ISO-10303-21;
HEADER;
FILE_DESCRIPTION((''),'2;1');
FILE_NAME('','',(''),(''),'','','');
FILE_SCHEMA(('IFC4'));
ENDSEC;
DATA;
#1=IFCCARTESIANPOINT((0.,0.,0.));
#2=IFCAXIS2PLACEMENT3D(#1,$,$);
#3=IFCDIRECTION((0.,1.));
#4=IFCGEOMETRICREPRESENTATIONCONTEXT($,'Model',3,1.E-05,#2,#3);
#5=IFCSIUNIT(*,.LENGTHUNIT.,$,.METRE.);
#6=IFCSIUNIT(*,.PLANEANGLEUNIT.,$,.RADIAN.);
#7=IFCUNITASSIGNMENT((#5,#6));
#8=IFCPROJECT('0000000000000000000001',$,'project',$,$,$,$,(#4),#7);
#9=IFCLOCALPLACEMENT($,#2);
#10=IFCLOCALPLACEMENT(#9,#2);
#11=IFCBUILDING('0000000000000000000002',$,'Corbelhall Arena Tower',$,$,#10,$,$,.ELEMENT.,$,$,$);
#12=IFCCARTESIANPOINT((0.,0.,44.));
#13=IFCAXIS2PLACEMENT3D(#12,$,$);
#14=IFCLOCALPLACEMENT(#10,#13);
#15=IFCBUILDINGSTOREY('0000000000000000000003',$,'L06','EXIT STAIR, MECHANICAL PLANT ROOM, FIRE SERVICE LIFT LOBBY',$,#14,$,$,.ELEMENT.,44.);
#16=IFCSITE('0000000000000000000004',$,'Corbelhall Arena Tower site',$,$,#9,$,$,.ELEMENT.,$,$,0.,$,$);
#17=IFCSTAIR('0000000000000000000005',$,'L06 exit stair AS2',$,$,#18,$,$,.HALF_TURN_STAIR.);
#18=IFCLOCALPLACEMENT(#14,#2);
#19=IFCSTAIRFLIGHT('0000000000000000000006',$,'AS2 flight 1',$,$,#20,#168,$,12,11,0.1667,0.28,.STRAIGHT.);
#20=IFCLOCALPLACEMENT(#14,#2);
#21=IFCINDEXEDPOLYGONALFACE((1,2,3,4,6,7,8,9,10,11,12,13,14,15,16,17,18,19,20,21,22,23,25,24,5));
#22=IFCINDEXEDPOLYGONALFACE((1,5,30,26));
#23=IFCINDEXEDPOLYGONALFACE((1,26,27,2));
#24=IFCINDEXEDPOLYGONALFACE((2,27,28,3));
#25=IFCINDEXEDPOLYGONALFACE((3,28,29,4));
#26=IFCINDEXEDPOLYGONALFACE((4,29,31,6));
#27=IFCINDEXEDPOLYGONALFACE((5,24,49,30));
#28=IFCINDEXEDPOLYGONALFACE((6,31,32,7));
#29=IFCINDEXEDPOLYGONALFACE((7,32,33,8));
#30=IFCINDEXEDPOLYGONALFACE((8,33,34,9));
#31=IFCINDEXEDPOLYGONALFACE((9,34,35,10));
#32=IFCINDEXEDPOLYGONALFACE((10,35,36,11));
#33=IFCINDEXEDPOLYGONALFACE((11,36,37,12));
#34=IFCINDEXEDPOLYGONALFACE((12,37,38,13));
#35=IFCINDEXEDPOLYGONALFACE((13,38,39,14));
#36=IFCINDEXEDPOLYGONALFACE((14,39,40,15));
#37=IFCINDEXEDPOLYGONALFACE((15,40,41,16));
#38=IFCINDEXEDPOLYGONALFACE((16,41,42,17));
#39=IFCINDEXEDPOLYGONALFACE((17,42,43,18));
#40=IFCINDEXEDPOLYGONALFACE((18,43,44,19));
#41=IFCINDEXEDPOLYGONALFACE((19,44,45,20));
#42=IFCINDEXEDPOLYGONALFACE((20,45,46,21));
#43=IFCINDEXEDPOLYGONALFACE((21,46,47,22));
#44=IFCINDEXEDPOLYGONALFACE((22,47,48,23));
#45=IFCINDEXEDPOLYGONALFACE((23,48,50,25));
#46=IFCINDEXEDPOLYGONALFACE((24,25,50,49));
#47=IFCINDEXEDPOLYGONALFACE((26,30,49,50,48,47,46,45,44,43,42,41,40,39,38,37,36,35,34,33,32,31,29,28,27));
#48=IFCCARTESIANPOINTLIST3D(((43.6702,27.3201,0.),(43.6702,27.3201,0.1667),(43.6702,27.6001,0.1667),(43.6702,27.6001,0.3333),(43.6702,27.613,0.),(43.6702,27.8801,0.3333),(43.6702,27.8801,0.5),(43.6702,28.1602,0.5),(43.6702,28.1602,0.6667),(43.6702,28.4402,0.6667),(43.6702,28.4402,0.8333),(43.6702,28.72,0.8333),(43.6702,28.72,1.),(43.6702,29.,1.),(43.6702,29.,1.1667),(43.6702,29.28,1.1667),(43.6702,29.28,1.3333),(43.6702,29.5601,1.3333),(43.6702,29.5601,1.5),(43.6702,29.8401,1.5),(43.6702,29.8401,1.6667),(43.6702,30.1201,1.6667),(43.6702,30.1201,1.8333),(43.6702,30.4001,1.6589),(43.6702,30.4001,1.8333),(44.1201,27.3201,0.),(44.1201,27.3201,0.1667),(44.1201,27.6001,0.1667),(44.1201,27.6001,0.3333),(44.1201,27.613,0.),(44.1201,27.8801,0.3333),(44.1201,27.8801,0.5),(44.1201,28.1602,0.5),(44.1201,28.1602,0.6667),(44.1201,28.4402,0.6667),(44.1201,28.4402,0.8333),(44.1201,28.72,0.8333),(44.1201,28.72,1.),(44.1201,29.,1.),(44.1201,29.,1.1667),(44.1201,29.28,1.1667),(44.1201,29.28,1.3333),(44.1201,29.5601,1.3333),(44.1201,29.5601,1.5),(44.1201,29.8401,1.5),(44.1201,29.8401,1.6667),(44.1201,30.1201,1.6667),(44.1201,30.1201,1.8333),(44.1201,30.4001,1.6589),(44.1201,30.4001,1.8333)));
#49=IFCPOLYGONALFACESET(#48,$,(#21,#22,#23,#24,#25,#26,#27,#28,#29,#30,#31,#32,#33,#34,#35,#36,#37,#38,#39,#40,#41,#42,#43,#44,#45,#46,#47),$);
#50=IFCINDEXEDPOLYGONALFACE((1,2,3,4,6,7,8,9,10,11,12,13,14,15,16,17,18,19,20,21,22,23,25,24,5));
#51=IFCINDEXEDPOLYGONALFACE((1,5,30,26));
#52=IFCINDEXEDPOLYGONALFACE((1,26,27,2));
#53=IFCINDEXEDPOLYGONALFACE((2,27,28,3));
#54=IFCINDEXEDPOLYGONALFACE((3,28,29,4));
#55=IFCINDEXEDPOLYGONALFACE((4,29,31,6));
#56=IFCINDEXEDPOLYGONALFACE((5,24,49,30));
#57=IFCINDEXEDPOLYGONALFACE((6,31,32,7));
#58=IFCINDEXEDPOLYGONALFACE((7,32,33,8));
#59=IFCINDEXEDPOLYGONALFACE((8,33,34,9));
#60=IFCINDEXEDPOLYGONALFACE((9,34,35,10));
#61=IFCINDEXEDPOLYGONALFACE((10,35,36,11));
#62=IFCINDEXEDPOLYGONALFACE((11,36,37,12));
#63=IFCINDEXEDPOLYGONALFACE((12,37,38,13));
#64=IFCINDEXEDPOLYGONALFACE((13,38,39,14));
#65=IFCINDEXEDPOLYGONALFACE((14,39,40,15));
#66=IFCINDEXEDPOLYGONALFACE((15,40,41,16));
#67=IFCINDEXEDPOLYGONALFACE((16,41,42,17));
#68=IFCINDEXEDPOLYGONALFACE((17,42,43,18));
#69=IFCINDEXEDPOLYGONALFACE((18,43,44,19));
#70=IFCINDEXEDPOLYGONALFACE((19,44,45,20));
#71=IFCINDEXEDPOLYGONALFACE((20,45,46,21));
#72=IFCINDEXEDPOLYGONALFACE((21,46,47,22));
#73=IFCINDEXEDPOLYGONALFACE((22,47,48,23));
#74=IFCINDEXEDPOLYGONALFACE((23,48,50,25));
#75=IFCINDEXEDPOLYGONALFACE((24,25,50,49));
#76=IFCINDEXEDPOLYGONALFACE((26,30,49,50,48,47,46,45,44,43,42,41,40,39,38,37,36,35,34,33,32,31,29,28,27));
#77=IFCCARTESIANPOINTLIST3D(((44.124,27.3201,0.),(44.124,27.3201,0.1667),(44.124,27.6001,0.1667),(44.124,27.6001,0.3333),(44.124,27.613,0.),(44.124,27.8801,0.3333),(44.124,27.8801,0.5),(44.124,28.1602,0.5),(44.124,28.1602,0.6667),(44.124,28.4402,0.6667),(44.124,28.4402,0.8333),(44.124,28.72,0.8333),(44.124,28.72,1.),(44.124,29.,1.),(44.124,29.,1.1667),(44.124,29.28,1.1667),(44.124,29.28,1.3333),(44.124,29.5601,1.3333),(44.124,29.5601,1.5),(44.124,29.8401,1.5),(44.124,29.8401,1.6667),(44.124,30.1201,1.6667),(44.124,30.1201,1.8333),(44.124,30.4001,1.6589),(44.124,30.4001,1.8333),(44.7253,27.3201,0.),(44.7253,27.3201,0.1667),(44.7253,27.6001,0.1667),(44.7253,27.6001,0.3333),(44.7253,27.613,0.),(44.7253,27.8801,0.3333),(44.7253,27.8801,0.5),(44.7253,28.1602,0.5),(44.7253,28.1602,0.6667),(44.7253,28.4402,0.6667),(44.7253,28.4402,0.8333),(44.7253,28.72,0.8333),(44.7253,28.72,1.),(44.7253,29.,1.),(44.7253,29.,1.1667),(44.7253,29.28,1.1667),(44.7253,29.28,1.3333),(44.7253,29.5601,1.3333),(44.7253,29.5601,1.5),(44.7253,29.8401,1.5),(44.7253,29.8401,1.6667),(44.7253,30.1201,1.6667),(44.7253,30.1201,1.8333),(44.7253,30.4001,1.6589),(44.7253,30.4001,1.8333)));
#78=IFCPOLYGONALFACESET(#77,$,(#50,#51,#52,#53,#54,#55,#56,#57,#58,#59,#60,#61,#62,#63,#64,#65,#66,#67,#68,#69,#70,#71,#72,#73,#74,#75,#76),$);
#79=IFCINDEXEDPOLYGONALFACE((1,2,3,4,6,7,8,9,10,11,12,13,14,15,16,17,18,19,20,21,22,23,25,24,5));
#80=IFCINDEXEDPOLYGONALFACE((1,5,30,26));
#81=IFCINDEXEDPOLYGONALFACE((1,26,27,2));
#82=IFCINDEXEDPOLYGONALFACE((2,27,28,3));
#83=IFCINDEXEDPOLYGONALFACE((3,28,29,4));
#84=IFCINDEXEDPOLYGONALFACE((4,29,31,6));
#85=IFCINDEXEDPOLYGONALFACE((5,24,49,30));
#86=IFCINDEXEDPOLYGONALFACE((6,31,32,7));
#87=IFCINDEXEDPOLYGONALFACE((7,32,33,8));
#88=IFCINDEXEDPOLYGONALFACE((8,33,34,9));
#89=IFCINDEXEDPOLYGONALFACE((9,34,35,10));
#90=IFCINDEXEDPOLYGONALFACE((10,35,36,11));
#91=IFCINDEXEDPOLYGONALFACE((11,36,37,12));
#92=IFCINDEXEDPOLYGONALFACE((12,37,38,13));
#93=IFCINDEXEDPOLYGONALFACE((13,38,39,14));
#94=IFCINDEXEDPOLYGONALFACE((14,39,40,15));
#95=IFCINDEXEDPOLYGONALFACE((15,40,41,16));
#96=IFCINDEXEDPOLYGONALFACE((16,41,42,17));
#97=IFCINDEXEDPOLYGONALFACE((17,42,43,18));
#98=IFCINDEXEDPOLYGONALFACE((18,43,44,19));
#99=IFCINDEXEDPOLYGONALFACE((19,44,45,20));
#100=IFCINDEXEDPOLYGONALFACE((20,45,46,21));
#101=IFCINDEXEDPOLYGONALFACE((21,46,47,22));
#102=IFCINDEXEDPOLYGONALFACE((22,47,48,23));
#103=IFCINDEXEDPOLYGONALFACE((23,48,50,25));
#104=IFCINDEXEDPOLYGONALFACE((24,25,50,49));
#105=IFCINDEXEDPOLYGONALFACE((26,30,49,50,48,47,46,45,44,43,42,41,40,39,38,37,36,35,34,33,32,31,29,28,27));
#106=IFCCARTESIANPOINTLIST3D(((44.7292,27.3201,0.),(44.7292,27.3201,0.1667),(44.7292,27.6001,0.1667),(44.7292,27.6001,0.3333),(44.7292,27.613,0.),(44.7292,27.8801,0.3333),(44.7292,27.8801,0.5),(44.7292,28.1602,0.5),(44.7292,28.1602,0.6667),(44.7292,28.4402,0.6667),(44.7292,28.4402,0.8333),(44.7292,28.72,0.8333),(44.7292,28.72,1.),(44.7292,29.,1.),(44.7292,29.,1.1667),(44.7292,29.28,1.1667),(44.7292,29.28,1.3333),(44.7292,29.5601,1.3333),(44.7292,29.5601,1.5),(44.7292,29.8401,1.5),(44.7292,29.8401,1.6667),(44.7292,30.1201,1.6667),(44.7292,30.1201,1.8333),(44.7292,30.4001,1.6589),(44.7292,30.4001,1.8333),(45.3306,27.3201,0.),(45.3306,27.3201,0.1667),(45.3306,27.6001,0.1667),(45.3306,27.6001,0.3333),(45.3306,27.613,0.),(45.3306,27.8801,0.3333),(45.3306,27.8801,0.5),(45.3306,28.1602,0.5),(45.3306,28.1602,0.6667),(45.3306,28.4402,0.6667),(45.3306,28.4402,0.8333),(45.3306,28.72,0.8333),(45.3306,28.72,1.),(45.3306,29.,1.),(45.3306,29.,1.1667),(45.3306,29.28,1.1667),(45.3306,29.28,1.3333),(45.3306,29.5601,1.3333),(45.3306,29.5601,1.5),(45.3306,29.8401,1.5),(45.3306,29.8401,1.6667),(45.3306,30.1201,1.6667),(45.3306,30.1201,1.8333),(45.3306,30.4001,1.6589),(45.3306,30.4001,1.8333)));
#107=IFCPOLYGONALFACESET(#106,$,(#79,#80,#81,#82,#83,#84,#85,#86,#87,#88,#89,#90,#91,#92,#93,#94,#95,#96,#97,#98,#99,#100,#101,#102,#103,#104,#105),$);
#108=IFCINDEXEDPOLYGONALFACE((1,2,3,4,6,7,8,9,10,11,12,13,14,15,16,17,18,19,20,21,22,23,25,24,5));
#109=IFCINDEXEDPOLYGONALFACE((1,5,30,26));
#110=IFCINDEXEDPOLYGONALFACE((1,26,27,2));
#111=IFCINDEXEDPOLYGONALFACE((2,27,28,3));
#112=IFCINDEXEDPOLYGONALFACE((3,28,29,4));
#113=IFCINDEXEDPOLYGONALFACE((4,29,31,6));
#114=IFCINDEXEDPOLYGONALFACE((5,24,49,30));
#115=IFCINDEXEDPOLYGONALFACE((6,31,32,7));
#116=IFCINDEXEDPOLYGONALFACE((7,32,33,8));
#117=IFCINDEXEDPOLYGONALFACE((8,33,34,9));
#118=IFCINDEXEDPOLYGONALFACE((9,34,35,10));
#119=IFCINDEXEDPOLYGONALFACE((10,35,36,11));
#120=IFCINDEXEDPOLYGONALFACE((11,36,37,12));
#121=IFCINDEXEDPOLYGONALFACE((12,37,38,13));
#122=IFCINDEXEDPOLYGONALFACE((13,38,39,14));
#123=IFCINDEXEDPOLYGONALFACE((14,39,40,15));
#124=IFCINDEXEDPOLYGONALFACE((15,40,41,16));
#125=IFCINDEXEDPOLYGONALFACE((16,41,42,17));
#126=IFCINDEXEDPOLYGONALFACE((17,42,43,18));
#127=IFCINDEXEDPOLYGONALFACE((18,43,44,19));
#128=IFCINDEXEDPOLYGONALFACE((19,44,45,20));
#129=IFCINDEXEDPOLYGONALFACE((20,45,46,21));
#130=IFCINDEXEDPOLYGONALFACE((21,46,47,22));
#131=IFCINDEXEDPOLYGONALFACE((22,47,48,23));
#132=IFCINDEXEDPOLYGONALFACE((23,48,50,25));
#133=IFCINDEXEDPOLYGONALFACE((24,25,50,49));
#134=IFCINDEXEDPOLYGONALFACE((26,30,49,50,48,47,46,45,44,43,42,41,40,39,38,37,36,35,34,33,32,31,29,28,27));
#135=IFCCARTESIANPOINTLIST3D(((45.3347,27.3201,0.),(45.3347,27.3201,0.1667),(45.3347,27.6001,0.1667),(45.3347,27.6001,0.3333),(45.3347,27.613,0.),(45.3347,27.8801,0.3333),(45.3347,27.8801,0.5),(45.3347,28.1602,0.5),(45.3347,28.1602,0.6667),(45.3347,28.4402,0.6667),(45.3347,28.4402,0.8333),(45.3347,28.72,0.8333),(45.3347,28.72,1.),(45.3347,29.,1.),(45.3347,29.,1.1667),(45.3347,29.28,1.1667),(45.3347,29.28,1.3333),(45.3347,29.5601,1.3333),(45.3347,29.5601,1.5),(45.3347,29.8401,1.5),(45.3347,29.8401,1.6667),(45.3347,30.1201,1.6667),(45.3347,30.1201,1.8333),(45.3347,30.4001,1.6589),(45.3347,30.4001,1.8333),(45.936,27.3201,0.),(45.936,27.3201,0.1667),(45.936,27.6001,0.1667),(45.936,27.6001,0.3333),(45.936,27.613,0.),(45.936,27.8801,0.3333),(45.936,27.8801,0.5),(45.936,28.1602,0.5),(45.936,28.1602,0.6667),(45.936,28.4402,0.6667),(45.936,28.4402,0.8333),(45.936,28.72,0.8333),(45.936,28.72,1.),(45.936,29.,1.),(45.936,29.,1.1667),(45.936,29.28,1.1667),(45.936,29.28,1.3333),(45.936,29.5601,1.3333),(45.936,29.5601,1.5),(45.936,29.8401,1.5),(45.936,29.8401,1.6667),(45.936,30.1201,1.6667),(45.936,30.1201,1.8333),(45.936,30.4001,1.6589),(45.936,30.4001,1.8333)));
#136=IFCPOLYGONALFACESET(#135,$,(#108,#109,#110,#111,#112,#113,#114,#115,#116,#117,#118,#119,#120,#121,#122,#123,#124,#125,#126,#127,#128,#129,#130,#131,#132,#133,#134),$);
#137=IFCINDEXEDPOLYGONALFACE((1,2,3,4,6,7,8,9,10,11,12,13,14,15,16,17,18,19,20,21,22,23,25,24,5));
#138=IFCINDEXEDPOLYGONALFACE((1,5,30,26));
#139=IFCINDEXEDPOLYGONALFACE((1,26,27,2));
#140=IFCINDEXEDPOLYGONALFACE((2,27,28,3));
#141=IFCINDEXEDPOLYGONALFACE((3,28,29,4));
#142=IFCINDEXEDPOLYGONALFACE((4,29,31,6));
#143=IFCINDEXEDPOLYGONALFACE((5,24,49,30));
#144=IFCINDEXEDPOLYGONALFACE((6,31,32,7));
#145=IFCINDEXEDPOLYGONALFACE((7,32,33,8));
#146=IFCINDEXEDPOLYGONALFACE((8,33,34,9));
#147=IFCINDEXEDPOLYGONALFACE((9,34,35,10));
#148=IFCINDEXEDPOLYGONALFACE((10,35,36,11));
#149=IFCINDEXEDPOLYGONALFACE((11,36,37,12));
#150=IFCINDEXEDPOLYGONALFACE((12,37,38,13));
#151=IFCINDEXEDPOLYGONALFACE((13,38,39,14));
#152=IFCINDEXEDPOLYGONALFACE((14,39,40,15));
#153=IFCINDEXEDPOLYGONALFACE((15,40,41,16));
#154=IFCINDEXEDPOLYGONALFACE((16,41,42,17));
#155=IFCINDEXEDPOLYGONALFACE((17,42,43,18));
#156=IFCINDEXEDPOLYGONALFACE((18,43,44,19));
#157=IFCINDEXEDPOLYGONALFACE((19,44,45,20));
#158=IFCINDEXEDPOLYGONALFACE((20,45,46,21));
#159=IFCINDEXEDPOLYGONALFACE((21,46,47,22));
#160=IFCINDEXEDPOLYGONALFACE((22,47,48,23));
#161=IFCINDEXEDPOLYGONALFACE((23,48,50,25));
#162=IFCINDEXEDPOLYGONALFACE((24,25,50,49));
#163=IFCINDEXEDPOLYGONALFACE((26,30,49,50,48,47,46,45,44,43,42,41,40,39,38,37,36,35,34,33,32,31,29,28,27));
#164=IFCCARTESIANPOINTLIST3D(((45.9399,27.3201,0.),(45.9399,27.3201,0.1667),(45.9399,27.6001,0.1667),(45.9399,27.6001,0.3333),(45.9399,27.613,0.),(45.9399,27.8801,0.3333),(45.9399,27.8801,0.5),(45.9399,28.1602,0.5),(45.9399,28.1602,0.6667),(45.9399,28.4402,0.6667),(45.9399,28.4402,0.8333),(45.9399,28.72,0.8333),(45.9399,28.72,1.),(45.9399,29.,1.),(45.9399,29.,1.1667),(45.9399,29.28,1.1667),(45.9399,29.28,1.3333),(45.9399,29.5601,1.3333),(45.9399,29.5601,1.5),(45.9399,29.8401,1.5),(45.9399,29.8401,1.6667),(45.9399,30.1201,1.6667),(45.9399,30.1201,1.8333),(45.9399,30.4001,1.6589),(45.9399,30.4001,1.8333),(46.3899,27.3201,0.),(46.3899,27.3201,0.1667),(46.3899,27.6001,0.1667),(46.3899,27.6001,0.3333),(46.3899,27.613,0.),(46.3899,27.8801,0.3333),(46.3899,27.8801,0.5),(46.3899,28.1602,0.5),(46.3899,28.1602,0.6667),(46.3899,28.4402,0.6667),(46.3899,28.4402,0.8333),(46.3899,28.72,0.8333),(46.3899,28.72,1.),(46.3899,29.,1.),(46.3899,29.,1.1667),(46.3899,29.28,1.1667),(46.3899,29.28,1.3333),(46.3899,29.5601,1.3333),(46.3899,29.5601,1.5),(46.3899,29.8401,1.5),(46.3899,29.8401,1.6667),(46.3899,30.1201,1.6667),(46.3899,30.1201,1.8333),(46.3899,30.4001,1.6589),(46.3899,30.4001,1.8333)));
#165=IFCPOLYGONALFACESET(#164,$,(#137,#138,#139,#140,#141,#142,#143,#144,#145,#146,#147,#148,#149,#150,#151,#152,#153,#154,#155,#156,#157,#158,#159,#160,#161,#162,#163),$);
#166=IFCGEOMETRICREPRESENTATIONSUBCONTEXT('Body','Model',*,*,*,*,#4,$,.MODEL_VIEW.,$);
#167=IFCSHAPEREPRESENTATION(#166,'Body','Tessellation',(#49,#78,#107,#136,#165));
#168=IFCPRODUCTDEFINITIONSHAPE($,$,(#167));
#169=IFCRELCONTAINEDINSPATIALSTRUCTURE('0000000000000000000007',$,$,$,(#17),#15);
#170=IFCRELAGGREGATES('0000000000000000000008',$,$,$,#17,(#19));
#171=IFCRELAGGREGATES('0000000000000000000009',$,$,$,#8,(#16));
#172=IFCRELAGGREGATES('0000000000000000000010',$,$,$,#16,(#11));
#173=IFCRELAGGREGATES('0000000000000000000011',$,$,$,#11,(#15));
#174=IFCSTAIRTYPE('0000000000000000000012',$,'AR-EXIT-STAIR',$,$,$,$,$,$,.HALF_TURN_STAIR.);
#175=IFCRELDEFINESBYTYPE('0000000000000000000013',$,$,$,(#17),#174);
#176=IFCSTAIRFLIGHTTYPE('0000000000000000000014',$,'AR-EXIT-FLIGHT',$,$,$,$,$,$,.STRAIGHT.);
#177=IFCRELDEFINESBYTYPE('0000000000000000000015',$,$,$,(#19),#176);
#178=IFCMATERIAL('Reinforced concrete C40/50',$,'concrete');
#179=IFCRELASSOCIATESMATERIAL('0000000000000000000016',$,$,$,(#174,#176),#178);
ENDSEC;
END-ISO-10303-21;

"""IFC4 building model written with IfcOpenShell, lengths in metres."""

from ifc_helpers import new_model, si_unit, direction, frame, origin, place, context, subcontext, project, spatial, polyline, outline, extrude, material, type_object, element, aggregate, save


model = new_model("IFC4")

# Units and contexts
model_context = context("Model", 3, precision=1e-05, world=origin(), true_north=direction((0.0, 1.0)))
body_context = subcontext(model_context, "Body", "Model", "MODEL_VIEW")
ifc_project = project(units=[si_unit("LENGTHUNIT", "METRE"), si_unit("PLANEANGLEUNIT", "RADIAN")], contexts=[model_context])

# Site, building, storey
site_placement = place(None, origin())
site = spatial("IfcSite", under=ifc_project, at=site_placement, Name="Corbelhall Arena Tower site", CompositionType="ELEMENT", RefElevation=0.0)
building_placement = place(site_placement, origin())
building = spatial("IfcBuilding", under=site, at=building_placement, Name="Corbelhall Arena Tower", CompositionType="ELEMENT")
storey_placement = place(building_placement, frame((0.0, 0.0, 44.0)))
storey = spatial("IfcBuildingStorey", under=building, at=storey_placement, Name="L06", Description="EXIT STAIR, MECHANICAL PLANT ROOM, FIRE SERVICE LIFT LOBBY", CompositionType="ELEMENT", Elevation=44.0)

# Shared definitions
ifc_material_1 = material(Name="Reinforced concrete C40/50", Category="concrete")

# Stair, stair flight
stair_type = type_object("IfcStairType", Name="AR-EXIT-STAIR", PredefinedType="HALF_TURN_STAIR", material=ifc_material_1)
stair_flight_type = type_object("IfcStairFlightType", Name="AR-EXIT-FLIGHT", PredefinedType="STRAIGHT", material=ifc_material_1)
stair_1_placement = place(storey_placement, origin())
stair_1 = element("IfcStair", 1, at=stair_1_placement, inside=storey, type_object=stair_type, Name="L06 exit stair AS2", PredefinedType="HALF_TURN_STAIR")
stair_flight_1_placement = place(storey_placement, frame((45.03, 27.3201, 0.0), z_axis=(0.0, 0.0, 1.0), x_axis=(0.0, 1.0, 0.0)))
stair_flight_1 = element("IfcStairFlight", 2, at=stair_flight_1_placement, type_object=stair_flight_type, Name="AS2 flight 1", NumberOfRisers=12, NumberOfTreads=11, PredefinedType="STRAIGHT", RiserHeight=0.1667, TreadLength=0.28, context=body_context, shape_type="SweptSolid", body=[
    extrude(outline(polyline([(0.0, 0.0), (0.0, 0.1667), (0.28, 0.1667), (0.28, 0.3333), (0.5601, 0.3333), (0.5601, 0.5), (0.8401, 0.5), (0.8401, 0.6667), (1.1201, 0.6667), (1.1201, 0.8333), (1.3999, 0.8333), (1.3999, 1.0), (1.6799, 1.0), (1.6799, 1.1667), (1.96, 1.1667), (1.96, 1.3333), (2.24, 1.3333), (2.24, 1.5), (2.52, 1.5), (2.52, 1.6667), (2.8, 1.6667), (2.8, 1.8333), (3.0801, 1.8333), (3.0801, 2.0), (3.0801, 1.6589), (0.293, 0.0), (0.0, 0.0)])), frame((0.0, 1.3599, 0.0), z_axis=(0.0, -1.0, 0.0), x_axis=(1.0, 0.0, 0.0)), (0.0, 0.0, 1.0), 0.45),
    extrude(outline(polyline([(0.0, 0.0), (0.0, 0.1667), (0.28, 0.1667), (0.28, 0.3333), (0.5601, 0.3333), (0.5601, 0.5), (0.8401, 0.5), (0.8401, 0.6667), (1.1201, 0.6667), (1.1201, 0.8333), (1.3999, 0.8333), (1.3999, 1.0), (1.6799, 1.0), (1.6799, 1.1667), (1.96, 1.1667), (1.96, 1.3333), (2.24, 1.3333), (2.24, 1.5), (2.52, 1.5), (2.52, 1.6667), (2.8, 1.6667), (2.8, 1.8333), (3.0801, 1.8333), (3.0801, 2.0), (3.0801, 1.6589), (0.293, 0.0), (0.0, 0.0)])), frame((0.0, 0.906, 0.0), z_axis=(0.0, -1.0, 0.0), x_axis=(1.0, 0.0, 0.0)), (0.0, 0.0, 1.0), 0.6013),
    extrude(outline(polyline([(0.0, 0.0), (0.0, 0.1667), (0.28, 0.1667), (0.28, 0.3333), (0.5601, 0.3333), (0.5601, 0.5), (0.8401, 0.5), (0.8401, 0.6667), (1.1201, 0.6667), (1.1201, 0.8333), (1.3999, 0.8333), (1.3999, 1.0), (1.6799, 1.0), (1.6799, 1.1667), (1.96, 1.1667), (1.96, 1.3333), (2.24, 1.3333), (2.24, 1.5), (2.52, 1.5), (2.52, 1.6667), (2.8, 1.6667), (2.8, 1.8333), (3.0801, 1.8333), (3.0801, 2.0), (3.0801, 1.6589), (0.293, 0.0), (0.0, 0.0)])), frame((0.0, 0.3008, 0.0), z_axis=(0.0, -1.0, 0.0), x_axis=(1.0, 0.0, 0.0)), (0.0, 0.0, 1.0), 0.6013),
    extrude(outline(polyline([(0.0, 0.0), (0.0, 0.1667), (0.28, 0.1667), (0.28, 0.3333), (0.5601, 0.3333), (0.5601, 0.5), (0.8401, 0.5), (0.8401, 0.6667), (1.1201, 0.6667), (1.1201, 0.8333), (1.3999, 0.8333), (1.3999, 1.0), (1.6799, 1.0), (1.6799, 1.1667), (1.96, 1.1667), (1.96, 1.3333), (2.24, 1.3333), (2.24, 1.5), (2.52, 1.5), (2.52, 1.6667), (2.8, 1.6667), (2.8, 1.8333), (3.0801, 1.8333), (3.0801, 2.0), (3.0801, 1.6589), (0.293, 0.0), (0.0, 0.0)])), frame((0.0, -0.3047, 0.0), z_axis=(0.0, -1.0, 0.0), x_axis=(1.0, 0.0, 0.0)), (0.0, 0.0, 1.0), 0.6013),
    extrude(outline(polyline([(0.0, 0.0), (0.0, 0.1667), (0.28, 0.1667), (0.28, 0.3333), (0.5601, 0.3333), (0.5601, 0.5), (0.8401, 0.5), (0.8401, 0.6667), (1.1201, 0.6667), (1.1201, 0.8333), (1.3999, 0.8333), (1.3999, 1.0), (1.6799, 1.0), (1.6799, 1.1667), (1.96, 1.1667), (1.96, 1.3333), (2.24, 1.3333), (2.24, 1.5), (2.52, 1.5), (2.52, 1.6667), (2.8, 1.6667), (2.8, 1.8333), (3.0801, 1.8333), (3.0801, 2.0), (3.0801, 1.6589), (0.293, 0.0), (0.0, 0.0)])), frame((0.0, -0.9099, 0.0), z_axis=(0.0, -1.0, 0.0), x_axis=(1.0, 0.0, 0.0)), (0.0, 0.0, 1.0), 0.45),
])
aggregate(stair_1, [stair_flight_1])

save(model, "model.ifc")
